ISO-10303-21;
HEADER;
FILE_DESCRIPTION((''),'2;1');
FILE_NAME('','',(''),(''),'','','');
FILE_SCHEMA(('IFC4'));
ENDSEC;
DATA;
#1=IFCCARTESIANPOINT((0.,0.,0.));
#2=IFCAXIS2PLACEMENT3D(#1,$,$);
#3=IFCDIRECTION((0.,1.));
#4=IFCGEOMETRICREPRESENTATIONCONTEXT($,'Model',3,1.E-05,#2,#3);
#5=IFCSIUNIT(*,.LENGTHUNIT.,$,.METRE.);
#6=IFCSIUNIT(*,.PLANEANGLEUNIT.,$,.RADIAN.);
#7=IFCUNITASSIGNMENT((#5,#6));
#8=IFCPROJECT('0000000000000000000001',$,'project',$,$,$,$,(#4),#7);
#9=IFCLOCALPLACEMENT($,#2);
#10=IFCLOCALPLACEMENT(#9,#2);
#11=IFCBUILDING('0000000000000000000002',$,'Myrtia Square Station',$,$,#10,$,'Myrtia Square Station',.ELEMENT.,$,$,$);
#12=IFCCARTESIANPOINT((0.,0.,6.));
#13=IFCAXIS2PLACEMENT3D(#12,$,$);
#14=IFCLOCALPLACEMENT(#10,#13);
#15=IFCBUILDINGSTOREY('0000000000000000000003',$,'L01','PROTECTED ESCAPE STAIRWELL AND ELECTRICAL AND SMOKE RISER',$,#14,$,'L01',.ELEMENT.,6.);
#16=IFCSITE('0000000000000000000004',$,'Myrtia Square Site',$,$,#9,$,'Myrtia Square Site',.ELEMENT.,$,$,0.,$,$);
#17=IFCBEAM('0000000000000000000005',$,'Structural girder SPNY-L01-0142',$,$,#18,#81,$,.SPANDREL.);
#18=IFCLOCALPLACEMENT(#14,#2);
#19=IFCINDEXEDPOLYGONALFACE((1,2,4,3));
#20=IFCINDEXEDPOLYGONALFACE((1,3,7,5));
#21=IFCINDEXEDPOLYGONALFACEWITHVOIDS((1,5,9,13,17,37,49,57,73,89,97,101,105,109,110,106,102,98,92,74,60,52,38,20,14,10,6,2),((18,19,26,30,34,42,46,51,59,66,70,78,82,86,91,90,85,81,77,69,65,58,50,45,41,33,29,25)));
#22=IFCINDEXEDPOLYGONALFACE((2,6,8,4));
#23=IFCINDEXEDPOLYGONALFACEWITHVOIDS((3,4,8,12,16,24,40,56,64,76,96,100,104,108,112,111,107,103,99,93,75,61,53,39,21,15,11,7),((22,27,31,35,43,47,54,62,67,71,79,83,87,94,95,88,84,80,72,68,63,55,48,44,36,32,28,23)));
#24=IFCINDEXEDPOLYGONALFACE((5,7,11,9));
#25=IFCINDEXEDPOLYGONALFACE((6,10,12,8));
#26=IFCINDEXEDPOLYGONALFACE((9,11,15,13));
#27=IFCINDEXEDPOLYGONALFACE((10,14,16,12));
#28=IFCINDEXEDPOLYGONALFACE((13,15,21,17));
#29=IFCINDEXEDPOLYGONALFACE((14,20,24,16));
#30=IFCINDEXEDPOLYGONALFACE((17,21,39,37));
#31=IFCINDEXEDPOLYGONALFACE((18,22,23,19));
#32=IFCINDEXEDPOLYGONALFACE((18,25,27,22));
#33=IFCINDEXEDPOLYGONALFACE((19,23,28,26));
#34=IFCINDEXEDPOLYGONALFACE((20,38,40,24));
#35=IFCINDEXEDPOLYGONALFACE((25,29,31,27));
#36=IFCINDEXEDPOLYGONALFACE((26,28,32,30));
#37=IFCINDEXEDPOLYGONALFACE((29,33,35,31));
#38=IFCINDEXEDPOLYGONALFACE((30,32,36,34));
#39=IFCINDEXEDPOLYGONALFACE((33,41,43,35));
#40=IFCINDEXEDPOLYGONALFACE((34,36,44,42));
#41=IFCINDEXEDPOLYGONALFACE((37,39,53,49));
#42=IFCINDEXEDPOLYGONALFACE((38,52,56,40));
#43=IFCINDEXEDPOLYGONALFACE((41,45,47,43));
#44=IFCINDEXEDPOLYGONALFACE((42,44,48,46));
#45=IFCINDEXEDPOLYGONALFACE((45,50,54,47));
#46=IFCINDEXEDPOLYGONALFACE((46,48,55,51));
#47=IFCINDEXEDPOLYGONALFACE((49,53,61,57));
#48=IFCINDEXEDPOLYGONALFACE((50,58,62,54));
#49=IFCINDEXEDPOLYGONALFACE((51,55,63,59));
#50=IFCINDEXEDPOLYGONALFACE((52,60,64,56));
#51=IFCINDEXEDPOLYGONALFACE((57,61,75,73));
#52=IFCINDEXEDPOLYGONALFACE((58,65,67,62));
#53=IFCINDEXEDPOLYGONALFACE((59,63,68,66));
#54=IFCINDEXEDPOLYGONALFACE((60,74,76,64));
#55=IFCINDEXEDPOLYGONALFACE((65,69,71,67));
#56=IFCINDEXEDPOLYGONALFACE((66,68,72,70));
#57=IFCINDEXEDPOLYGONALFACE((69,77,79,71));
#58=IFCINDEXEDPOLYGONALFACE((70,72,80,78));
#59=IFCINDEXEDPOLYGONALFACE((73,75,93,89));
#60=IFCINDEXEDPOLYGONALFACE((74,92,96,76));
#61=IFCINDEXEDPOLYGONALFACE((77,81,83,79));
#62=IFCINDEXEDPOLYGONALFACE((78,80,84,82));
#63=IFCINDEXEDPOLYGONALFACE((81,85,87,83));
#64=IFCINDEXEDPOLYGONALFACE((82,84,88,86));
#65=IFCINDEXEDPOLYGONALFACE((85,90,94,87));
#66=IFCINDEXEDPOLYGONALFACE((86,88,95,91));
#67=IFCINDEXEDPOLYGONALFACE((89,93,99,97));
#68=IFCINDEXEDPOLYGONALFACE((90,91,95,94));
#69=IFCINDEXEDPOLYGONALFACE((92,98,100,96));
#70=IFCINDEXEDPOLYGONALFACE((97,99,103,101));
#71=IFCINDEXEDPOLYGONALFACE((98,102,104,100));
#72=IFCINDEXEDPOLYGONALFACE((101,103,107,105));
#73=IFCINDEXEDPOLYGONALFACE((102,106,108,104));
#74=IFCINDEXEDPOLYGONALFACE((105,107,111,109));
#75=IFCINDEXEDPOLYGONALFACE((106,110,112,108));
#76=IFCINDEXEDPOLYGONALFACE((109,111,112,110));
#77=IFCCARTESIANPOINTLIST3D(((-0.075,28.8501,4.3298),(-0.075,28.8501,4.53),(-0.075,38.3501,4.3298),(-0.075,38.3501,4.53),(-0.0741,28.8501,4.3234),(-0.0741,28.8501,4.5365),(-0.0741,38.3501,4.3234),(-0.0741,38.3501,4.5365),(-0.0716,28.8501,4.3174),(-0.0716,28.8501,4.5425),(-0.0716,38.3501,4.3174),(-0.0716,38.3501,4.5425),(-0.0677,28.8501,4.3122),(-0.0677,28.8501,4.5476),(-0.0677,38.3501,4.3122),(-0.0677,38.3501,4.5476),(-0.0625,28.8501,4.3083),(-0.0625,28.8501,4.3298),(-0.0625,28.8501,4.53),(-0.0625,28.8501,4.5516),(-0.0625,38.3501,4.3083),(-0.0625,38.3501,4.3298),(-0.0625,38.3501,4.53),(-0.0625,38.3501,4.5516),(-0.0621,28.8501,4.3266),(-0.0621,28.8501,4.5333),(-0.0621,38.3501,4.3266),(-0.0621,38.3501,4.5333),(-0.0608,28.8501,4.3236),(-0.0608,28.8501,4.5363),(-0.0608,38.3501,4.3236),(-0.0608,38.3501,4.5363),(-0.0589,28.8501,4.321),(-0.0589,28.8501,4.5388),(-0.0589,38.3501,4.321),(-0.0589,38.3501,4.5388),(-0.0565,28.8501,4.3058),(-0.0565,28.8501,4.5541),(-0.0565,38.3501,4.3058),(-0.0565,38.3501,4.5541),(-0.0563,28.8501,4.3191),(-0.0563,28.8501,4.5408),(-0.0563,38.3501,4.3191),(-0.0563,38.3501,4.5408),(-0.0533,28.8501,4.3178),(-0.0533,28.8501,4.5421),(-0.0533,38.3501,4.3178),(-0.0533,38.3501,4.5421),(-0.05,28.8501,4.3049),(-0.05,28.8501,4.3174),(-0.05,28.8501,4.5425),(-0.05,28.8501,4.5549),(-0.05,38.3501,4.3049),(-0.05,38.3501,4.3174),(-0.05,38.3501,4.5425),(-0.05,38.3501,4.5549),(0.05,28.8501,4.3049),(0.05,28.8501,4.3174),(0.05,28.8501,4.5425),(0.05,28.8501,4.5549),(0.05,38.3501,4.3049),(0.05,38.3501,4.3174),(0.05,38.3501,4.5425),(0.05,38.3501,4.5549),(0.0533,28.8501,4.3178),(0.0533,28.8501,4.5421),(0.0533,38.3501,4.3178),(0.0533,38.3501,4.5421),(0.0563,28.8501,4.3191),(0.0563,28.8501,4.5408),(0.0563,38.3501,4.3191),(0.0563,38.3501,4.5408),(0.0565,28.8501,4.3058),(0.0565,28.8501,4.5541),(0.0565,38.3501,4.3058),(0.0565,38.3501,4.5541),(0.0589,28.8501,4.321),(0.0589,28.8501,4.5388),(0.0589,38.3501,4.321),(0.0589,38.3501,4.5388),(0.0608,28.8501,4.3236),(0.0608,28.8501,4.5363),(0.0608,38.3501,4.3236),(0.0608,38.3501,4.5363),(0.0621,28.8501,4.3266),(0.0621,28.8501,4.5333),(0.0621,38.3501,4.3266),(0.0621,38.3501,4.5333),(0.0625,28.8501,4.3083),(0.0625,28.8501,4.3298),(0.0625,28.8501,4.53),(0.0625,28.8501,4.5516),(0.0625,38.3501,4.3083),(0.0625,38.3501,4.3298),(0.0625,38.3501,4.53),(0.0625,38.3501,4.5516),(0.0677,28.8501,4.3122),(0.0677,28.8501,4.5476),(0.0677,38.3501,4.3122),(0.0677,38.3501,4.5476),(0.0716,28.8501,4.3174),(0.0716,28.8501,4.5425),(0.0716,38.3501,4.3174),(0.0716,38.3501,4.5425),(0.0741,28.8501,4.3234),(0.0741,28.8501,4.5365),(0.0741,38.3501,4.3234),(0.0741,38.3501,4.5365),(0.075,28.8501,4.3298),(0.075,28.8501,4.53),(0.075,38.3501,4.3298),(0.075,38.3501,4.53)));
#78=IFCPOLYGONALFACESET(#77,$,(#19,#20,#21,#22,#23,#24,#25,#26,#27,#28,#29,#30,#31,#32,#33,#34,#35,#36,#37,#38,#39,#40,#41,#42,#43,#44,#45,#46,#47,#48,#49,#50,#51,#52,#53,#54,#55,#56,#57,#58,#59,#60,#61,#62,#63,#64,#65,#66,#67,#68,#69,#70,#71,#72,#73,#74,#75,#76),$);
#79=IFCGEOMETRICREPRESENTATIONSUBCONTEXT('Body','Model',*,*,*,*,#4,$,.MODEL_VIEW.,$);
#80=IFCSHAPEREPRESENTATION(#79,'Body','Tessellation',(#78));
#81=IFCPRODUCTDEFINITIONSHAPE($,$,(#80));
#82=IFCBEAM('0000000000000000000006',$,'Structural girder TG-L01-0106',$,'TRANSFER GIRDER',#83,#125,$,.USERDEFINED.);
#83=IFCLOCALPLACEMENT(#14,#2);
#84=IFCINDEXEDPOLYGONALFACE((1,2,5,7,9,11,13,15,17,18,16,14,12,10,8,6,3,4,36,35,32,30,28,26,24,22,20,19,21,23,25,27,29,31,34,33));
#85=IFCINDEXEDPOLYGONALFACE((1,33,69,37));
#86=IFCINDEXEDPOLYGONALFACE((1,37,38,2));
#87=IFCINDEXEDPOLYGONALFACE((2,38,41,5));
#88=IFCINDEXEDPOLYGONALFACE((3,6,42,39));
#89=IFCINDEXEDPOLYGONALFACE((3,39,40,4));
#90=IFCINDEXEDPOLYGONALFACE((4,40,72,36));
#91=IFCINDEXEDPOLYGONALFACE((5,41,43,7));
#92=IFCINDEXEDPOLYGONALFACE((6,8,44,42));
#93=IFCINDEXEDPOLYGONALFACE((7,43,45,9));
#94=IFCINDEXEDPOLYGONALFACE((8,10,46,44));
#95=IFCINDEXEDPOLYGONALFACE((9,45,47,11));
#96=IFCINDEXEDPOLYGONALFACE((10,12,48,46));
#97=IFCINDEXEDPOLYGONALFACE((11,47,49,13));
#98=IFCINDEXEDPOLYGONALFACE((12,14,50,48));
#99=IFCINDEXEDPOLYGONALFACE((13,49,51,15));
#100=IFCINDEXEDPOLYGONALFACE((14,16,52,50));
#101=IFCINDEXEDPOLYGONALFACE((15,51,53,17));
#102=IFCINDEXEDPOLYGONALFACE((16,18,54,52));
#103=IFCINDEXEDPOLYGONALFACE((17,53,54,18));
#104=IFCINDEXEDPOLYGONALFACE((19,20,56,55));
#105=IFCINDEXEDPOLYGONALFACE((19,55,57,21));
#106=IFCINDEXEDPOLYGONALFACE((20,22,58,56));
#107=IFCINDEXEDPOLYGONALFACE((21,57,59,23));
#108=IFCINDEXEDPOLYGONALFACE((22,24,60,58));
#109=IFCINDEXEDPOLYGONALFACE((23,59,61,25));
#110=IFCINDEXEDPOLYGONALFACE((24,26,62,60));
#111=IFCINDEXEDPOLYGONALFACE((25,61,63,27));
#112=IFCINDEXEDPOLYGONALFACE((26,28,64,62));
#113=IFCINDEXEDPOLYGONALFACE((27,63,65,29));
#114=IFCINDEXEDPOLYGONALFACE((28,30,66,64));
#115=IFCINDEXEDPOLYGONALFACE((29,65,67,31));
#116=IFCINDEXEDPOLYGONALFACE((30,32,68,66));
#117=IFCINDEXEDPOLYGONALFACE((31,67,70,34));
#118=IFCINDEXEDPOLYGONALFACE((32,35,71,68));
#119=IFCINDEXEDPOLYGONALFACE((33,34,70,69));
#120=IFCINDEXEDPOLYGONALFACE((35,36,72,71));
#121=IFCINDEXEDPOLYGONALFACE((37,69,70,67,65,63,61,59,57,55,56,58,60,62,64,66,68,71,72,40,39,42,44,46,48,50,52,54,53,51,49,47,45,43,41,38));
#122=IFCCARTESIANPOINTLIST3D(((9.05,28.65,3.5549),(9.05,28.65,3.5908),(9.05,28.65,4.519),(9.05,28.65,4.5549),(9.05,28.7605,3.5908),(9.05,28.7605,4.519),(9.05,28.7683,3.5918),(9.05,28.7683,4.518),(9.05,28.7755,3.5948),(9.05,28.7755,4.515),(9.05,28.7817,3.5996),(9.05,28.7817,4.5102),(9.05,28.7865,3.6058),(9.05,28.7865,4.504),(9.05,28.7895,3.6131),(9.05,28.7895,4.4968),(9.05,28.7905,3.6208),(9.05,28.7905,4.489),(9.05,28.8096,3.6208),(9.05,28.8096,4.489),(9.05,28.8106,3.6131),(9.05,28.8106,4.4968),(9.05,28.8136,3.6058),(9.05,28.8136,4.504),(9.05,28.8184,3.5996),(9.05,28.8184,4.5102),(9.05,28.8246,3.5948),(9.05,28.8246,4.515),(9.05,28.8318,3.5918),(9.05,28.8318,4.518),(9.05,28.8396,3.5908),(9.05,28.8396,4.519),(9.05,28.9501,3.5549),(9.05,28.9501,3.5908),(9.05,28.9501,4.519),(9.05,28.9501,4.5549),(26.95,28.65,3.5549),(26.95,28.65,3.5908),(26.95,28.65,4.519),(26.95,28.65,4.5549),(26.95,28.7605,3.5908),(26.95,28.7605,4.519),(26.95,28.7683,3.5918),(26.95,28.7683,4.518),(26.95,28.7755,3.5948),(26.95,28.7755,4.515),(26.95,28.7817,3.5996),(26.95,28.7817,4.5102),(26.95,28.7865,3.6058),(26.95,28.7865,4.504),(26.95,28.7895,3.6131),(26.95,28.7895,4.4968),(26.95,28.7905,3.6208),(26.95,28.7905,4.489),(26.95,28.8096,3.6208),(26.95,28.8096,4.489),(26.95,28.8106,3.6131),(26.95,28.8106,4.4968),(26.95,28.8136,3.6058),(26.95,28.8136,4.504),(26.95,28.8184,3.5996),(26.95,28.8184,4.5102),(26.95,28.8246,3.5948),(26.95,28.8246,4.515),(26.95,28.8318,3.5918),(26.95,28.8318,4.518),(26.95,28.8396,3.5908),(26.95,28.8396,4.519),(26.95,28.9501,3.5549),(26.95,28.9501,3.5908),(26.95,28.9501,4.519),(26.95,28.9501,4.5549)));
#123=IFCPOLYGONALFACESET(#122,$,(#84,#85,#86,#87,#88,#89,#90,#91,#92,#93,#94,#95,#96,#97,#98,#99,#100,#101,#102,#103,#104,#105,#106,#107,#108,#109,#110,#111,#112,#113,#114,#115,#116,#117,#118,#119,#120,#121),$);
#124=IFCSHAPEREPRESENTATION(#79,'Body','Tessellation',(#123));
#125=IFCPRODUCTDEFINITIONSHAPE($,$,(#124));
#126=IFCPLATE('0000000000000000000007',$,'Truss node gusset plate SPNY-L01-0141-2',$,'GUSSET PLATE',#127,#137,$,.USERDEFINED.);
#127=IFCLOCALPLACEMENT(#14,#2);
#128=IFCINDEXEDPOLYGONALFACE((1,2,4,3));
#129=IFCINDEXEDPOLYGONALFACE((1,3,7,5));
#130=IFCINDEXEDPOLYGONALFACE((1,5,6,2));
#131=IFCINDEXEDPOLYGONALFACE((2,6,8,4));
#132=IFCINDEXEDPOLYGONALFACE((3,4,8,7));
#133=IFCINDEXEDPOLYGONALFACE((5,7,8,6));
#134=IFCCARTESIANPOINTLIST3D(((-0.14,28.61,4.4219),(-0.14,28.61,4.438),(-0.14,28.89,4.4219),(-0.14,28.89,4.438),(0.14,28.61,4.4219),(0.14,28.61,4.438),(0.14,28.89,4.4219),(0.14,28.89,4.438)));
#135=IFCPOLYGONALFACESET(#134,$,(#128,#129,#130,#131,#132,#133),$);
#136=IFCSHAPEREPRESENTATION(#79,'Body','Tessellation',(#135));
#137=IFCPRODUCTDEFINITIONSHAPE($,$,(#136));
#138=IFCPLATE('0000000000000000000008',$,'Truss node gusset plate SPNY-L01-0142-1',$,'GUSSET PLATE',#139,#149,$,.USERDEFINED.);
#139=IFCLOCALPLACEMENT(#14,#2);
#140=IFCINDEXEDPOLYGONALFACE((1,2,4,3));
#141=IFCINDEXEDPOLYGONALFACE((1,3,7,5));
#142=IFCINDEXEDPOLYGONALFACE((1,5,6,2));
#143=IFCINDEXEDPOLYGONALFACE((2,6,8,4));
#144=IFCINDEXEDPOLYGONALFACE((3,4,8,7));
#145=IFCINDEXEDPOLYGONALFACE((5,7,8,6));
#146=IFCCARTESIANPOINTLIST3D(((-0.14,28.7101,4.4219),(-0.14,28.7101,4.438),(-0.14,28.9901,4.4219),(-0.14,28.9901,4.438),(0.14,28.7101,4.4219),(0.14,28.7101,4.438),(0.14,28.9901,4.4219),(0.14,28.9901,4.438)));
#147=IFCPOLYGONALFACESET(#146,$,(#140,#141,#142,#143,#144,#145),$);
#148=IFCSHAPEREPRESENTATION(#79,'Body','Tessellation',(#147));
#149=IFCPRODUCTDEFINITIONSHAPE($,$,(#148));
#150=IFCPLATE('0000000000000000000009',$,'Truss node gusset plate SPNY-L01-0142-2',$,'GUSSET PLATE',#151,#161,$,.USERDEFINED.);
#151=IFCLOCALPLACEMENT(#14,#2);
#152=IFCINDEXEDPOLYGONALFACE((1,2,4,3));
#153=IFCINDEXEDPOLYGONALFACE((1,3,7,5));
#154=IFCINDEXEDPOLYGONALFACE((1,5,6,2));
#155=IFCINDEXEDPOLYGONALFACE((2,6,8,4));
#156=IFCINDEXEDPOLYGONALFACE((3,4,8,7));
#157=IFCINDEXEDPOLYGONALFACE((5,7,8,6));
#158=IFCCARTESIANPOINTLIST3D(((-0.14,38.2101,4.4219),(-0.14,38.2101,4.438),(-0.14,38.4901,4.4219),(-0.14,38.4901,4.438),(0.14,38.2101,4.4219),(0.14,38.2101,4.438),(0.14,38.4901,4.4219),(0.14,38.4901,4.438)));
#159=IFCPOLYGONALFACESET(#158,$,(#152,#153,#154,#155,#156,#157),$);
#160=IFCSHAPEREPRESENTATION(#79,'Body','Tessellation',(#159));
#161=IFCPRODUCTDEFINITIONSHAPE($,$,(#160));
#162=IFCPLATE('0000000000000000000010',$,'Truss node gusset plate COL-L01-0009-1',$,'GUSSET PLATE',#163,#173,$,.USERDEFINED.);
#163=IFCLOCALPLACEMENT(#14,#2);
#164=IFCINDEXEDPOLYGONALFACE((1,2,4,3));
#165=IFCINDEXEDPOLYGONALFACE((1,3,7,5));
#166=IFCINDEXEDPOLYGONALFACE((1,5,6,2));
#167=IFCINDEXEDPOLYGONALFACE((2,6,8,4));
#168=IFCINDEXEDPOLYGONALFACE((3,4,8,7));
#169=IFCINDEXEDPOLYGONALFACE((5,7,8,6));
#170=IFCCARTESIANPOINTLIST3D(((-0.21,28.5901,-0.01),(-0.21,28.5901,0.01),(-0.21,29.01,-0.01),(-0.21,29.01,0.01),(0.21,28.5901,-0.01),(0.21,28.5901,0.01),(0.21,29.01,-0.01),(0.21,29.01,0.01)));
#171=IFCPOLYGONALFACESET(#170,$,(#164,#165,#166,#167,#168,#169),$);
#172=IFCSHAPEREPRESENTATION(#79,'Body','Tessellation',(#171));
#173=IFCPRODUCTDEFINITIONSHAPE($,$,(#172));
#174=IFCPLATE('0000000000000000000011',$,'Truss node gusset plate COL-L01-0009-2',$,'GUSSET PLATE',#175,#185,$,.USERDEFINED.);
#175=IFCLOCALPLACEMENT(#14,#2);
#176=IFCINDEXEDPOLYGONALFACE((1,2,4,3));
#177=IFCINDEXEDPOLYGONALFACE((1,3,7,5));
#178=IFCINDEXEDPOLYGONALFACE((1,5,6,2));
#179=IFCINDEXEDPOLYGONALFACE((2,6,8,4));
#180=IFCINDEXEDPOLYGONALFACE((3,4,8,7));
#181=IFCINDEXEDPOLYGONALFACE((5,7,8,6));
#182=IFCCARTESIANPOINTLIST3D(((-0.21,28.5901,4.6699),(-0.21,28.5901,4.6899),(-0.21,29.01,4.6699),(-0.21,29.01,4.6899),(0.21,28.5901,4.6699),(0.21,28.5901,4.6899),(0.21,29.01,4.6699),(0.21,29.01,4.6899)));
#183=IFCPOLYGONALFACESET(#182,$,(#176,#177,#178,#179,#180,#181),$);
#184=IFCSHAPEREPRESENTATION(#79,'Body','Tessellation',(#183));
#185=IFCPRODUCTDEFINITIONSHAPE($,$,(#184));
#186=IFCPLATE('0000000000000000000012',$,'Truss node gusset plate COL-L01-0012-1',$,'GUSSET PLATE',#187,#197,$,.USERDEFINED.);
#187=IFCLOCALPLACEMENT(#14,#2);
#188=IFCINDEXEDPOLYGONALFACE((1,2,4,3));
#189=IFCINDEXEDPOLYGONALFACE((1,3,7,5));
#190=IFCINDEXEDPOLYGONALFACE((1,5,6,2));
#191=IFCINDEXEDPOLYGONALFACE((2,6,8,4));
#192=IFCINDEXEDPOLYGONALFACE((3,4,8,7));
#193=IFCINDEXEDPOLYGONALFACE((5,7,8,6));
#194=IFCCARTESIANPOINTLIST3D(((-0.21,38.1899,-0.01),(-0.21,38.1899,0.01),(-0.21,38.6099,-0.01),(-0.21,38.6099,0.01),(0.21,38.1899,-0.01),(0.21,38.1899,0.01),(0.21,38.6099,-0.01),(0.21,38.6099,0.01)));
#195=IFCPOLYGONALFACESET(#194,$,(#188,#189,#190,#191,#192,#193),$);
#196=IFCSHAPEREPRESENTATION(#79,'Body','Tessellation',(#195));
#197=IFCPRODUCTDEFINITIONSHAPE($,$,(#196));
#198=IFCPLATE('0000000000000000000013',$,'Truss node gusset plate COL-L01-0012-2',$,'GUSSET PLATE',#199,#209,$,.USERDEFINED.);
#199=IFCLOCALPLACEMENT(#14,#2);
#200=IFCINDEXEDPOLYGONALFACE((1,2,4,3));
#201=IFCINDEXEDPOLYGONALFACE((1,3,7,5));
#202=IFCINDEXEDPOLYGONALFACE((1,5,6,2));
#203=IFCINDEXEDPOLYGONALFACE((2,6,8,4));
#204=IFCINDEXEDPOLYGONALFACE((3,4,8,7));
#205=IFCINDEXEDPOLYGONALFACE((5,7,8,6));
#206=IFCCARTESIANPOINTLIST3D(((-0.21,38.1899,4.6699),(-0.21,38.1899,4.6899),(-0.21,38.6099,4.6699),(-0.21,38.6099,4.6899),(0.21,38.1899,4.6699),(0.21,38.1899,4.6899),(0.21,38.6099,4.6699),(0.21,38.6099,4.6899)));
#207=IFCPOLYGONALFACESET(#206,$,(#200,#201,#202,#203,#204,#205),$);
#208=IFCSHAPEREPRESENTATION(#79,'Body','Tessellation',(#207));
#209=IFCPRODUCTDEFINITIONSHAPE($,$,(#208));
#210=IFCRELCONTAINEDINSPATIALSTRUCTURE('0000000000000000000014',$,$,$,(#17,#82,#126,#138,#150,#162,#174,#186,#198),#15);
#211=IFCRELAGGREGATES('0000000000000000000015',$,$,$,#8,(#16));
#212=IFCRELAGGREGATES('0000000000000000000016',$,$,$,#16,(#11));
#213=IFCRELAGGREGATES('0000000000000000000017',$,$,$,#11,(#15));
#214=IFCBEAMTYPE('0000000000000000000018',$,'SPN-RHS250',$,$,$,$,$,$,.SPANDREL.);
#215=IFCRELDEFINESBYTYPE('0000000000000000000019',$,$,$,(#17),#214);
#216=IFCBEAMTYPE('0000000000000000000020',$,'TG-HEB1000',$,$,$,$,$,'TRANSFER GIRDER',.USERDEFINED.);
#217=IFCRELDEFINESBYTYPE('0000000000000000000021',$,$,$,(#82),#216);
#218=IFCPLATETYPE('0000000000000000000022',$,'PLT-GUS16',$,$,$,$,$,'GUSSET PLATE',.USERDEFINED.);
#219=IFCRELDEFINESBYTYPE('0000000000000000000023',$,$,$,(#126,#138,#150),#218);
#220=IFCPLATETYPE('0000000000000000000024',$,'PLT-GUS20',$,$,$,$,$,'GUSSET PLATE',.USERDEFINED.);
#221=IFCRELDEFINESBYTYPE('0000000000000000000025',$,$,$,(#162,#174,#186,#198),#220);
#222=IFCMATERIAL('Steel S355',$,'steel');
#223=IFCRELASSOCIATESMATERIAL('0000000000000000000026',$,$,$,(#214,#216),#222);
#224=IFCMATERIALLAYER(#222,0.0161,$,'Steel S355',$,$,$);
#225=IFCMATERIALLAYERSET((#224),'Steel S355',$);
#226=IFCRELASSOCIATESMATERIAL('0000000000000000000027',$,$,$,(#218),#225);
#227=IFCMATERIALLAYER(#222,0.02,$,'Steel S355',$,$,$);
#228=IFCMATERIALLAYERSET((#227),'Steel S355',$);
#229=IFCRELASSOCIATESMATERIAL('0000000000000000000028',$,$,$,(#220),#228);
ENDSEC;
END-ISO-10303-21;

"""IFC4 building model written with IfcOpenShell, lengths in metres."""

from ifc_helpers import new_model, si_unit, direction, frame, origin, origin_2d, place, context, subcontext, project, spatial, rectangle, hollow_rectangle, i_section, extrude, material, layer, layer_set, material_profile, profile_set, type_object, element, save


model = new_model("IFC4")

# Units and contexts
model_context = context("Model", 3, precision=1e-05, world=origin(), true_north=direction((0.0, 1.0)))
body_context = subcontext(model_context, "Body", "Model", "MODEL_VIEW")
ifc_project = project(units=[si_unit("LENGTHUNIT", "METRE"), si_unit("PLANEANGLEUNIT", "RADIAN")], contexts=[model_context])

# Site, building, storey
site_placement = place(None, origin())
site = spatial("IfcSite", under=ifc_project, at=site_placement, Name="Myrtia Square Site", LongName="Myrtia Square Site", CompositionType="ELEMENT", RefElevation=0.0)
building_placement = place(site_placement, origin())
building = spatial("IfcBuilding", under=site, at=building_placement, Name="Myrtia Square Station", LongName="Myrtia Square Station", CompositionType="ELEMENT")
storey_placement = place(building_placement, frame((0.0, 0.0, 6.0)))
storey = spatial("IfcBuildingStorey", under=building, at=storey_placement, Name="L01", Description="PROTECTED ESCAPE STAIRWELL AND ELECTRICAL AND SMOKE RISER", LongName="L01", CompositionType="ELEMENT", Elevation=6.0)

# Shared definitions
ifc_material_1 = material(Name="Steel S355", Category="steel")

# Beams
ifc_material_profile_1 = material_profile(ifc_material_1, hollow_rectangle(XDim=0.1499, YDim=0.25, WallThickness=0.0125, InnerFilletRadius=0.0125, OuterFilletRadius=0.0249, at=origin_2d()), Name="RHS 250x150x12.5")
ifc_profile_set_1 = profile_set([ifc_material_profile_1], Name="Steel S355")
beam_type_1 = type_object("IfcBeamType", Name="SPN-RHS250", PredefinedType="SPANDREL", material=ifc_profile_set_1)
beam_1_placement = place(storey_placement, frame((0.0, 28.8501, 4.4299), z_axis=(0.0, 1.0, 0.0), x_axis=(-1.0, 0.0, 0.0)))
element("IfcBeam", 1, at=beam_1_placement, inside=storey, type_object=beam_type_1, Name="Structural girder SPNY-L01-0142", PredefinedType="SPANDREL", context=body_context, shape_type="SweptSolid", body=[
    extrude(hollow_rectangle(XDim=0.1499, YDim=0.25, WallThickness=0.0125, InnerFilletRadius=0.0125, OuterFilletRadius=0.0249, at=origin_2d()), origin(), (0.0, 0.0, 1.0), 9.5),
])
ifc_material_profile_2 = material_profile(ifc_material_1, i_section(OverallWidth=0.3, OverallDepth=1.0, WebThickness=0.019, FlangeThickness=0.0359, FilletRadius=0.03, at=origin_2d()), Name="HEB 1000")
ifc_profile_set_2 = profile_set([ifc_material_profile_2], Name="Steel S355")
beam_type_2 = type_object("IfcBeamType", Name="TG-HEB1000", ElementType="TRANSFER GIRDER", PredefinedType="USERDEFINED", material=ifc_profile_set_2)
beam_2_placement = place(storey_placement, frame((9.05, 28.8, 4.0549), z_axis=(1.0, 0.0, 0.0), x_axis=(0.0, 1.0, 0.0)))
element("IfcBeam", 2, at=beam_2_placement, inside=storey, type_object=beam_type_2, Name="Structural girder TG-L01-0106", ObjectType="TRANSFER GIRDER", PredefinedType="USERDEFINED", context=body_context, shape_type="SweptSolid", body=[
    extrude(i_section(OverallWidth=0.3, OverallDepth=1.0, WebThickness=0.019, FlangeThickness=0.0359, FilletRadius=0.03, at=origin_2d()), origin(), (0.0, 0.0, 1.0), 17.8999),
])

# Plates
ifc_layer_1 = layer(ifc_material_1, 0.0161, Name="Steel S355")
ifc_layer_set_1 = layer_set([ifc_layer_1], Name="Steel S355")
plate_type_1 = type_object("IfcPlateType", Name="PLT-GUS16", ElementType="GUSSET PLATE", PredefinedType="USERDEFINED", material=ifc_layer_set_1)
for number, where, z_axis, x_axis, name in (
    (3, (0.0, 28.75, 4.4219), (0.0, 0.0, 1.0), (0.0, 1.0, 0.0), "Truss node gusset plate SPNY-L01-0141-2"),
    (4, (0.0, 28.8501, 4.4219), (0.0, 0.0, 1.0), (0.0, 1.0, 0.0), "Truss node gusset plate SPNY-L01-0142-1"),
    (5, (0.0, 38.3501, 4.4219), (0.0, 0.0, 1.0), (0.0, 1.0, 0.0), "Truss node gusset plate SPNY-L01-0142-2"),
):
    element("IfcPlate", number, at=place(storey_placement, frame(where, z_axis=z_axis, x_axis=x_axis)), inside=storey, type_object=plate_type_1, Name=name, ObjectType="GUSSET PLATE", PredefinedType="USERDEFINED", context=body_context, shape_type="SweptSolid", body=[
        extrude(rectangle(XDim=0.28, YDim=0.28, at=origin_2d()), origin(), (0.0, 0.0, 1.0), 0.0161),
    ])
ifc_layer_2 = layer(ifc_material_1, 0.02, Name="Steel S355")
ifc_layer_set_2 = layer_set([ifc_layer_2], Name="Steel S355")
plate_type_2 = type_object("IfcPlateType", Name="PLT-GUS20", ElementType="GUSSET PLATE", PredefinedType="USERDEFINED", material=ifc_layer_set_2)
for number, where, z_axis, x_axis, name in (
    (6, (0.0, 28.8, -0.01), (0.0, 0.0, 1.0), (1.0, 0.0, 0.0), "Truss node gusset plate COL-L01-0009-1"),
    (7, (0.0, 28.8, 4.6699), (0.0, 0.0, 1.0), (1.0, 0.0, 0.0), "Truss node gusset plate COL-L01-0009-2"),
    (8, (0.0, 38.3999, -0.01), (0.0, 0.0, 1.0), (1.0, 0.0, 0.0), "Truss node gusset plate COL-L01-0012-1"),
    (9, (0.0, 38.3999, 4.6699), (0.0, 0.0, 1.0), (1.0, 0.0, 0.0), "Truss node gusset plate COL-L01-0012-2"),
):
    element("IfcPlate", number, at=place(storey_placement, frame(where, z_axis=z_axis, x_axis=x_axis)), inside=storey, type_object=plate_type_2, Name=name, ObjectType="GUSSET PLATE", PredefinedType="USERDEFINED", context=body_context, shape_type="SweptSolid", body=[
        extrude(rectangle(XDim=0.4199, YDim=0.4199, at=origin_2d()), origin(), (0.0, 0.0, 1.0), 0.02),
    ])

save(model, "model.ifc")
